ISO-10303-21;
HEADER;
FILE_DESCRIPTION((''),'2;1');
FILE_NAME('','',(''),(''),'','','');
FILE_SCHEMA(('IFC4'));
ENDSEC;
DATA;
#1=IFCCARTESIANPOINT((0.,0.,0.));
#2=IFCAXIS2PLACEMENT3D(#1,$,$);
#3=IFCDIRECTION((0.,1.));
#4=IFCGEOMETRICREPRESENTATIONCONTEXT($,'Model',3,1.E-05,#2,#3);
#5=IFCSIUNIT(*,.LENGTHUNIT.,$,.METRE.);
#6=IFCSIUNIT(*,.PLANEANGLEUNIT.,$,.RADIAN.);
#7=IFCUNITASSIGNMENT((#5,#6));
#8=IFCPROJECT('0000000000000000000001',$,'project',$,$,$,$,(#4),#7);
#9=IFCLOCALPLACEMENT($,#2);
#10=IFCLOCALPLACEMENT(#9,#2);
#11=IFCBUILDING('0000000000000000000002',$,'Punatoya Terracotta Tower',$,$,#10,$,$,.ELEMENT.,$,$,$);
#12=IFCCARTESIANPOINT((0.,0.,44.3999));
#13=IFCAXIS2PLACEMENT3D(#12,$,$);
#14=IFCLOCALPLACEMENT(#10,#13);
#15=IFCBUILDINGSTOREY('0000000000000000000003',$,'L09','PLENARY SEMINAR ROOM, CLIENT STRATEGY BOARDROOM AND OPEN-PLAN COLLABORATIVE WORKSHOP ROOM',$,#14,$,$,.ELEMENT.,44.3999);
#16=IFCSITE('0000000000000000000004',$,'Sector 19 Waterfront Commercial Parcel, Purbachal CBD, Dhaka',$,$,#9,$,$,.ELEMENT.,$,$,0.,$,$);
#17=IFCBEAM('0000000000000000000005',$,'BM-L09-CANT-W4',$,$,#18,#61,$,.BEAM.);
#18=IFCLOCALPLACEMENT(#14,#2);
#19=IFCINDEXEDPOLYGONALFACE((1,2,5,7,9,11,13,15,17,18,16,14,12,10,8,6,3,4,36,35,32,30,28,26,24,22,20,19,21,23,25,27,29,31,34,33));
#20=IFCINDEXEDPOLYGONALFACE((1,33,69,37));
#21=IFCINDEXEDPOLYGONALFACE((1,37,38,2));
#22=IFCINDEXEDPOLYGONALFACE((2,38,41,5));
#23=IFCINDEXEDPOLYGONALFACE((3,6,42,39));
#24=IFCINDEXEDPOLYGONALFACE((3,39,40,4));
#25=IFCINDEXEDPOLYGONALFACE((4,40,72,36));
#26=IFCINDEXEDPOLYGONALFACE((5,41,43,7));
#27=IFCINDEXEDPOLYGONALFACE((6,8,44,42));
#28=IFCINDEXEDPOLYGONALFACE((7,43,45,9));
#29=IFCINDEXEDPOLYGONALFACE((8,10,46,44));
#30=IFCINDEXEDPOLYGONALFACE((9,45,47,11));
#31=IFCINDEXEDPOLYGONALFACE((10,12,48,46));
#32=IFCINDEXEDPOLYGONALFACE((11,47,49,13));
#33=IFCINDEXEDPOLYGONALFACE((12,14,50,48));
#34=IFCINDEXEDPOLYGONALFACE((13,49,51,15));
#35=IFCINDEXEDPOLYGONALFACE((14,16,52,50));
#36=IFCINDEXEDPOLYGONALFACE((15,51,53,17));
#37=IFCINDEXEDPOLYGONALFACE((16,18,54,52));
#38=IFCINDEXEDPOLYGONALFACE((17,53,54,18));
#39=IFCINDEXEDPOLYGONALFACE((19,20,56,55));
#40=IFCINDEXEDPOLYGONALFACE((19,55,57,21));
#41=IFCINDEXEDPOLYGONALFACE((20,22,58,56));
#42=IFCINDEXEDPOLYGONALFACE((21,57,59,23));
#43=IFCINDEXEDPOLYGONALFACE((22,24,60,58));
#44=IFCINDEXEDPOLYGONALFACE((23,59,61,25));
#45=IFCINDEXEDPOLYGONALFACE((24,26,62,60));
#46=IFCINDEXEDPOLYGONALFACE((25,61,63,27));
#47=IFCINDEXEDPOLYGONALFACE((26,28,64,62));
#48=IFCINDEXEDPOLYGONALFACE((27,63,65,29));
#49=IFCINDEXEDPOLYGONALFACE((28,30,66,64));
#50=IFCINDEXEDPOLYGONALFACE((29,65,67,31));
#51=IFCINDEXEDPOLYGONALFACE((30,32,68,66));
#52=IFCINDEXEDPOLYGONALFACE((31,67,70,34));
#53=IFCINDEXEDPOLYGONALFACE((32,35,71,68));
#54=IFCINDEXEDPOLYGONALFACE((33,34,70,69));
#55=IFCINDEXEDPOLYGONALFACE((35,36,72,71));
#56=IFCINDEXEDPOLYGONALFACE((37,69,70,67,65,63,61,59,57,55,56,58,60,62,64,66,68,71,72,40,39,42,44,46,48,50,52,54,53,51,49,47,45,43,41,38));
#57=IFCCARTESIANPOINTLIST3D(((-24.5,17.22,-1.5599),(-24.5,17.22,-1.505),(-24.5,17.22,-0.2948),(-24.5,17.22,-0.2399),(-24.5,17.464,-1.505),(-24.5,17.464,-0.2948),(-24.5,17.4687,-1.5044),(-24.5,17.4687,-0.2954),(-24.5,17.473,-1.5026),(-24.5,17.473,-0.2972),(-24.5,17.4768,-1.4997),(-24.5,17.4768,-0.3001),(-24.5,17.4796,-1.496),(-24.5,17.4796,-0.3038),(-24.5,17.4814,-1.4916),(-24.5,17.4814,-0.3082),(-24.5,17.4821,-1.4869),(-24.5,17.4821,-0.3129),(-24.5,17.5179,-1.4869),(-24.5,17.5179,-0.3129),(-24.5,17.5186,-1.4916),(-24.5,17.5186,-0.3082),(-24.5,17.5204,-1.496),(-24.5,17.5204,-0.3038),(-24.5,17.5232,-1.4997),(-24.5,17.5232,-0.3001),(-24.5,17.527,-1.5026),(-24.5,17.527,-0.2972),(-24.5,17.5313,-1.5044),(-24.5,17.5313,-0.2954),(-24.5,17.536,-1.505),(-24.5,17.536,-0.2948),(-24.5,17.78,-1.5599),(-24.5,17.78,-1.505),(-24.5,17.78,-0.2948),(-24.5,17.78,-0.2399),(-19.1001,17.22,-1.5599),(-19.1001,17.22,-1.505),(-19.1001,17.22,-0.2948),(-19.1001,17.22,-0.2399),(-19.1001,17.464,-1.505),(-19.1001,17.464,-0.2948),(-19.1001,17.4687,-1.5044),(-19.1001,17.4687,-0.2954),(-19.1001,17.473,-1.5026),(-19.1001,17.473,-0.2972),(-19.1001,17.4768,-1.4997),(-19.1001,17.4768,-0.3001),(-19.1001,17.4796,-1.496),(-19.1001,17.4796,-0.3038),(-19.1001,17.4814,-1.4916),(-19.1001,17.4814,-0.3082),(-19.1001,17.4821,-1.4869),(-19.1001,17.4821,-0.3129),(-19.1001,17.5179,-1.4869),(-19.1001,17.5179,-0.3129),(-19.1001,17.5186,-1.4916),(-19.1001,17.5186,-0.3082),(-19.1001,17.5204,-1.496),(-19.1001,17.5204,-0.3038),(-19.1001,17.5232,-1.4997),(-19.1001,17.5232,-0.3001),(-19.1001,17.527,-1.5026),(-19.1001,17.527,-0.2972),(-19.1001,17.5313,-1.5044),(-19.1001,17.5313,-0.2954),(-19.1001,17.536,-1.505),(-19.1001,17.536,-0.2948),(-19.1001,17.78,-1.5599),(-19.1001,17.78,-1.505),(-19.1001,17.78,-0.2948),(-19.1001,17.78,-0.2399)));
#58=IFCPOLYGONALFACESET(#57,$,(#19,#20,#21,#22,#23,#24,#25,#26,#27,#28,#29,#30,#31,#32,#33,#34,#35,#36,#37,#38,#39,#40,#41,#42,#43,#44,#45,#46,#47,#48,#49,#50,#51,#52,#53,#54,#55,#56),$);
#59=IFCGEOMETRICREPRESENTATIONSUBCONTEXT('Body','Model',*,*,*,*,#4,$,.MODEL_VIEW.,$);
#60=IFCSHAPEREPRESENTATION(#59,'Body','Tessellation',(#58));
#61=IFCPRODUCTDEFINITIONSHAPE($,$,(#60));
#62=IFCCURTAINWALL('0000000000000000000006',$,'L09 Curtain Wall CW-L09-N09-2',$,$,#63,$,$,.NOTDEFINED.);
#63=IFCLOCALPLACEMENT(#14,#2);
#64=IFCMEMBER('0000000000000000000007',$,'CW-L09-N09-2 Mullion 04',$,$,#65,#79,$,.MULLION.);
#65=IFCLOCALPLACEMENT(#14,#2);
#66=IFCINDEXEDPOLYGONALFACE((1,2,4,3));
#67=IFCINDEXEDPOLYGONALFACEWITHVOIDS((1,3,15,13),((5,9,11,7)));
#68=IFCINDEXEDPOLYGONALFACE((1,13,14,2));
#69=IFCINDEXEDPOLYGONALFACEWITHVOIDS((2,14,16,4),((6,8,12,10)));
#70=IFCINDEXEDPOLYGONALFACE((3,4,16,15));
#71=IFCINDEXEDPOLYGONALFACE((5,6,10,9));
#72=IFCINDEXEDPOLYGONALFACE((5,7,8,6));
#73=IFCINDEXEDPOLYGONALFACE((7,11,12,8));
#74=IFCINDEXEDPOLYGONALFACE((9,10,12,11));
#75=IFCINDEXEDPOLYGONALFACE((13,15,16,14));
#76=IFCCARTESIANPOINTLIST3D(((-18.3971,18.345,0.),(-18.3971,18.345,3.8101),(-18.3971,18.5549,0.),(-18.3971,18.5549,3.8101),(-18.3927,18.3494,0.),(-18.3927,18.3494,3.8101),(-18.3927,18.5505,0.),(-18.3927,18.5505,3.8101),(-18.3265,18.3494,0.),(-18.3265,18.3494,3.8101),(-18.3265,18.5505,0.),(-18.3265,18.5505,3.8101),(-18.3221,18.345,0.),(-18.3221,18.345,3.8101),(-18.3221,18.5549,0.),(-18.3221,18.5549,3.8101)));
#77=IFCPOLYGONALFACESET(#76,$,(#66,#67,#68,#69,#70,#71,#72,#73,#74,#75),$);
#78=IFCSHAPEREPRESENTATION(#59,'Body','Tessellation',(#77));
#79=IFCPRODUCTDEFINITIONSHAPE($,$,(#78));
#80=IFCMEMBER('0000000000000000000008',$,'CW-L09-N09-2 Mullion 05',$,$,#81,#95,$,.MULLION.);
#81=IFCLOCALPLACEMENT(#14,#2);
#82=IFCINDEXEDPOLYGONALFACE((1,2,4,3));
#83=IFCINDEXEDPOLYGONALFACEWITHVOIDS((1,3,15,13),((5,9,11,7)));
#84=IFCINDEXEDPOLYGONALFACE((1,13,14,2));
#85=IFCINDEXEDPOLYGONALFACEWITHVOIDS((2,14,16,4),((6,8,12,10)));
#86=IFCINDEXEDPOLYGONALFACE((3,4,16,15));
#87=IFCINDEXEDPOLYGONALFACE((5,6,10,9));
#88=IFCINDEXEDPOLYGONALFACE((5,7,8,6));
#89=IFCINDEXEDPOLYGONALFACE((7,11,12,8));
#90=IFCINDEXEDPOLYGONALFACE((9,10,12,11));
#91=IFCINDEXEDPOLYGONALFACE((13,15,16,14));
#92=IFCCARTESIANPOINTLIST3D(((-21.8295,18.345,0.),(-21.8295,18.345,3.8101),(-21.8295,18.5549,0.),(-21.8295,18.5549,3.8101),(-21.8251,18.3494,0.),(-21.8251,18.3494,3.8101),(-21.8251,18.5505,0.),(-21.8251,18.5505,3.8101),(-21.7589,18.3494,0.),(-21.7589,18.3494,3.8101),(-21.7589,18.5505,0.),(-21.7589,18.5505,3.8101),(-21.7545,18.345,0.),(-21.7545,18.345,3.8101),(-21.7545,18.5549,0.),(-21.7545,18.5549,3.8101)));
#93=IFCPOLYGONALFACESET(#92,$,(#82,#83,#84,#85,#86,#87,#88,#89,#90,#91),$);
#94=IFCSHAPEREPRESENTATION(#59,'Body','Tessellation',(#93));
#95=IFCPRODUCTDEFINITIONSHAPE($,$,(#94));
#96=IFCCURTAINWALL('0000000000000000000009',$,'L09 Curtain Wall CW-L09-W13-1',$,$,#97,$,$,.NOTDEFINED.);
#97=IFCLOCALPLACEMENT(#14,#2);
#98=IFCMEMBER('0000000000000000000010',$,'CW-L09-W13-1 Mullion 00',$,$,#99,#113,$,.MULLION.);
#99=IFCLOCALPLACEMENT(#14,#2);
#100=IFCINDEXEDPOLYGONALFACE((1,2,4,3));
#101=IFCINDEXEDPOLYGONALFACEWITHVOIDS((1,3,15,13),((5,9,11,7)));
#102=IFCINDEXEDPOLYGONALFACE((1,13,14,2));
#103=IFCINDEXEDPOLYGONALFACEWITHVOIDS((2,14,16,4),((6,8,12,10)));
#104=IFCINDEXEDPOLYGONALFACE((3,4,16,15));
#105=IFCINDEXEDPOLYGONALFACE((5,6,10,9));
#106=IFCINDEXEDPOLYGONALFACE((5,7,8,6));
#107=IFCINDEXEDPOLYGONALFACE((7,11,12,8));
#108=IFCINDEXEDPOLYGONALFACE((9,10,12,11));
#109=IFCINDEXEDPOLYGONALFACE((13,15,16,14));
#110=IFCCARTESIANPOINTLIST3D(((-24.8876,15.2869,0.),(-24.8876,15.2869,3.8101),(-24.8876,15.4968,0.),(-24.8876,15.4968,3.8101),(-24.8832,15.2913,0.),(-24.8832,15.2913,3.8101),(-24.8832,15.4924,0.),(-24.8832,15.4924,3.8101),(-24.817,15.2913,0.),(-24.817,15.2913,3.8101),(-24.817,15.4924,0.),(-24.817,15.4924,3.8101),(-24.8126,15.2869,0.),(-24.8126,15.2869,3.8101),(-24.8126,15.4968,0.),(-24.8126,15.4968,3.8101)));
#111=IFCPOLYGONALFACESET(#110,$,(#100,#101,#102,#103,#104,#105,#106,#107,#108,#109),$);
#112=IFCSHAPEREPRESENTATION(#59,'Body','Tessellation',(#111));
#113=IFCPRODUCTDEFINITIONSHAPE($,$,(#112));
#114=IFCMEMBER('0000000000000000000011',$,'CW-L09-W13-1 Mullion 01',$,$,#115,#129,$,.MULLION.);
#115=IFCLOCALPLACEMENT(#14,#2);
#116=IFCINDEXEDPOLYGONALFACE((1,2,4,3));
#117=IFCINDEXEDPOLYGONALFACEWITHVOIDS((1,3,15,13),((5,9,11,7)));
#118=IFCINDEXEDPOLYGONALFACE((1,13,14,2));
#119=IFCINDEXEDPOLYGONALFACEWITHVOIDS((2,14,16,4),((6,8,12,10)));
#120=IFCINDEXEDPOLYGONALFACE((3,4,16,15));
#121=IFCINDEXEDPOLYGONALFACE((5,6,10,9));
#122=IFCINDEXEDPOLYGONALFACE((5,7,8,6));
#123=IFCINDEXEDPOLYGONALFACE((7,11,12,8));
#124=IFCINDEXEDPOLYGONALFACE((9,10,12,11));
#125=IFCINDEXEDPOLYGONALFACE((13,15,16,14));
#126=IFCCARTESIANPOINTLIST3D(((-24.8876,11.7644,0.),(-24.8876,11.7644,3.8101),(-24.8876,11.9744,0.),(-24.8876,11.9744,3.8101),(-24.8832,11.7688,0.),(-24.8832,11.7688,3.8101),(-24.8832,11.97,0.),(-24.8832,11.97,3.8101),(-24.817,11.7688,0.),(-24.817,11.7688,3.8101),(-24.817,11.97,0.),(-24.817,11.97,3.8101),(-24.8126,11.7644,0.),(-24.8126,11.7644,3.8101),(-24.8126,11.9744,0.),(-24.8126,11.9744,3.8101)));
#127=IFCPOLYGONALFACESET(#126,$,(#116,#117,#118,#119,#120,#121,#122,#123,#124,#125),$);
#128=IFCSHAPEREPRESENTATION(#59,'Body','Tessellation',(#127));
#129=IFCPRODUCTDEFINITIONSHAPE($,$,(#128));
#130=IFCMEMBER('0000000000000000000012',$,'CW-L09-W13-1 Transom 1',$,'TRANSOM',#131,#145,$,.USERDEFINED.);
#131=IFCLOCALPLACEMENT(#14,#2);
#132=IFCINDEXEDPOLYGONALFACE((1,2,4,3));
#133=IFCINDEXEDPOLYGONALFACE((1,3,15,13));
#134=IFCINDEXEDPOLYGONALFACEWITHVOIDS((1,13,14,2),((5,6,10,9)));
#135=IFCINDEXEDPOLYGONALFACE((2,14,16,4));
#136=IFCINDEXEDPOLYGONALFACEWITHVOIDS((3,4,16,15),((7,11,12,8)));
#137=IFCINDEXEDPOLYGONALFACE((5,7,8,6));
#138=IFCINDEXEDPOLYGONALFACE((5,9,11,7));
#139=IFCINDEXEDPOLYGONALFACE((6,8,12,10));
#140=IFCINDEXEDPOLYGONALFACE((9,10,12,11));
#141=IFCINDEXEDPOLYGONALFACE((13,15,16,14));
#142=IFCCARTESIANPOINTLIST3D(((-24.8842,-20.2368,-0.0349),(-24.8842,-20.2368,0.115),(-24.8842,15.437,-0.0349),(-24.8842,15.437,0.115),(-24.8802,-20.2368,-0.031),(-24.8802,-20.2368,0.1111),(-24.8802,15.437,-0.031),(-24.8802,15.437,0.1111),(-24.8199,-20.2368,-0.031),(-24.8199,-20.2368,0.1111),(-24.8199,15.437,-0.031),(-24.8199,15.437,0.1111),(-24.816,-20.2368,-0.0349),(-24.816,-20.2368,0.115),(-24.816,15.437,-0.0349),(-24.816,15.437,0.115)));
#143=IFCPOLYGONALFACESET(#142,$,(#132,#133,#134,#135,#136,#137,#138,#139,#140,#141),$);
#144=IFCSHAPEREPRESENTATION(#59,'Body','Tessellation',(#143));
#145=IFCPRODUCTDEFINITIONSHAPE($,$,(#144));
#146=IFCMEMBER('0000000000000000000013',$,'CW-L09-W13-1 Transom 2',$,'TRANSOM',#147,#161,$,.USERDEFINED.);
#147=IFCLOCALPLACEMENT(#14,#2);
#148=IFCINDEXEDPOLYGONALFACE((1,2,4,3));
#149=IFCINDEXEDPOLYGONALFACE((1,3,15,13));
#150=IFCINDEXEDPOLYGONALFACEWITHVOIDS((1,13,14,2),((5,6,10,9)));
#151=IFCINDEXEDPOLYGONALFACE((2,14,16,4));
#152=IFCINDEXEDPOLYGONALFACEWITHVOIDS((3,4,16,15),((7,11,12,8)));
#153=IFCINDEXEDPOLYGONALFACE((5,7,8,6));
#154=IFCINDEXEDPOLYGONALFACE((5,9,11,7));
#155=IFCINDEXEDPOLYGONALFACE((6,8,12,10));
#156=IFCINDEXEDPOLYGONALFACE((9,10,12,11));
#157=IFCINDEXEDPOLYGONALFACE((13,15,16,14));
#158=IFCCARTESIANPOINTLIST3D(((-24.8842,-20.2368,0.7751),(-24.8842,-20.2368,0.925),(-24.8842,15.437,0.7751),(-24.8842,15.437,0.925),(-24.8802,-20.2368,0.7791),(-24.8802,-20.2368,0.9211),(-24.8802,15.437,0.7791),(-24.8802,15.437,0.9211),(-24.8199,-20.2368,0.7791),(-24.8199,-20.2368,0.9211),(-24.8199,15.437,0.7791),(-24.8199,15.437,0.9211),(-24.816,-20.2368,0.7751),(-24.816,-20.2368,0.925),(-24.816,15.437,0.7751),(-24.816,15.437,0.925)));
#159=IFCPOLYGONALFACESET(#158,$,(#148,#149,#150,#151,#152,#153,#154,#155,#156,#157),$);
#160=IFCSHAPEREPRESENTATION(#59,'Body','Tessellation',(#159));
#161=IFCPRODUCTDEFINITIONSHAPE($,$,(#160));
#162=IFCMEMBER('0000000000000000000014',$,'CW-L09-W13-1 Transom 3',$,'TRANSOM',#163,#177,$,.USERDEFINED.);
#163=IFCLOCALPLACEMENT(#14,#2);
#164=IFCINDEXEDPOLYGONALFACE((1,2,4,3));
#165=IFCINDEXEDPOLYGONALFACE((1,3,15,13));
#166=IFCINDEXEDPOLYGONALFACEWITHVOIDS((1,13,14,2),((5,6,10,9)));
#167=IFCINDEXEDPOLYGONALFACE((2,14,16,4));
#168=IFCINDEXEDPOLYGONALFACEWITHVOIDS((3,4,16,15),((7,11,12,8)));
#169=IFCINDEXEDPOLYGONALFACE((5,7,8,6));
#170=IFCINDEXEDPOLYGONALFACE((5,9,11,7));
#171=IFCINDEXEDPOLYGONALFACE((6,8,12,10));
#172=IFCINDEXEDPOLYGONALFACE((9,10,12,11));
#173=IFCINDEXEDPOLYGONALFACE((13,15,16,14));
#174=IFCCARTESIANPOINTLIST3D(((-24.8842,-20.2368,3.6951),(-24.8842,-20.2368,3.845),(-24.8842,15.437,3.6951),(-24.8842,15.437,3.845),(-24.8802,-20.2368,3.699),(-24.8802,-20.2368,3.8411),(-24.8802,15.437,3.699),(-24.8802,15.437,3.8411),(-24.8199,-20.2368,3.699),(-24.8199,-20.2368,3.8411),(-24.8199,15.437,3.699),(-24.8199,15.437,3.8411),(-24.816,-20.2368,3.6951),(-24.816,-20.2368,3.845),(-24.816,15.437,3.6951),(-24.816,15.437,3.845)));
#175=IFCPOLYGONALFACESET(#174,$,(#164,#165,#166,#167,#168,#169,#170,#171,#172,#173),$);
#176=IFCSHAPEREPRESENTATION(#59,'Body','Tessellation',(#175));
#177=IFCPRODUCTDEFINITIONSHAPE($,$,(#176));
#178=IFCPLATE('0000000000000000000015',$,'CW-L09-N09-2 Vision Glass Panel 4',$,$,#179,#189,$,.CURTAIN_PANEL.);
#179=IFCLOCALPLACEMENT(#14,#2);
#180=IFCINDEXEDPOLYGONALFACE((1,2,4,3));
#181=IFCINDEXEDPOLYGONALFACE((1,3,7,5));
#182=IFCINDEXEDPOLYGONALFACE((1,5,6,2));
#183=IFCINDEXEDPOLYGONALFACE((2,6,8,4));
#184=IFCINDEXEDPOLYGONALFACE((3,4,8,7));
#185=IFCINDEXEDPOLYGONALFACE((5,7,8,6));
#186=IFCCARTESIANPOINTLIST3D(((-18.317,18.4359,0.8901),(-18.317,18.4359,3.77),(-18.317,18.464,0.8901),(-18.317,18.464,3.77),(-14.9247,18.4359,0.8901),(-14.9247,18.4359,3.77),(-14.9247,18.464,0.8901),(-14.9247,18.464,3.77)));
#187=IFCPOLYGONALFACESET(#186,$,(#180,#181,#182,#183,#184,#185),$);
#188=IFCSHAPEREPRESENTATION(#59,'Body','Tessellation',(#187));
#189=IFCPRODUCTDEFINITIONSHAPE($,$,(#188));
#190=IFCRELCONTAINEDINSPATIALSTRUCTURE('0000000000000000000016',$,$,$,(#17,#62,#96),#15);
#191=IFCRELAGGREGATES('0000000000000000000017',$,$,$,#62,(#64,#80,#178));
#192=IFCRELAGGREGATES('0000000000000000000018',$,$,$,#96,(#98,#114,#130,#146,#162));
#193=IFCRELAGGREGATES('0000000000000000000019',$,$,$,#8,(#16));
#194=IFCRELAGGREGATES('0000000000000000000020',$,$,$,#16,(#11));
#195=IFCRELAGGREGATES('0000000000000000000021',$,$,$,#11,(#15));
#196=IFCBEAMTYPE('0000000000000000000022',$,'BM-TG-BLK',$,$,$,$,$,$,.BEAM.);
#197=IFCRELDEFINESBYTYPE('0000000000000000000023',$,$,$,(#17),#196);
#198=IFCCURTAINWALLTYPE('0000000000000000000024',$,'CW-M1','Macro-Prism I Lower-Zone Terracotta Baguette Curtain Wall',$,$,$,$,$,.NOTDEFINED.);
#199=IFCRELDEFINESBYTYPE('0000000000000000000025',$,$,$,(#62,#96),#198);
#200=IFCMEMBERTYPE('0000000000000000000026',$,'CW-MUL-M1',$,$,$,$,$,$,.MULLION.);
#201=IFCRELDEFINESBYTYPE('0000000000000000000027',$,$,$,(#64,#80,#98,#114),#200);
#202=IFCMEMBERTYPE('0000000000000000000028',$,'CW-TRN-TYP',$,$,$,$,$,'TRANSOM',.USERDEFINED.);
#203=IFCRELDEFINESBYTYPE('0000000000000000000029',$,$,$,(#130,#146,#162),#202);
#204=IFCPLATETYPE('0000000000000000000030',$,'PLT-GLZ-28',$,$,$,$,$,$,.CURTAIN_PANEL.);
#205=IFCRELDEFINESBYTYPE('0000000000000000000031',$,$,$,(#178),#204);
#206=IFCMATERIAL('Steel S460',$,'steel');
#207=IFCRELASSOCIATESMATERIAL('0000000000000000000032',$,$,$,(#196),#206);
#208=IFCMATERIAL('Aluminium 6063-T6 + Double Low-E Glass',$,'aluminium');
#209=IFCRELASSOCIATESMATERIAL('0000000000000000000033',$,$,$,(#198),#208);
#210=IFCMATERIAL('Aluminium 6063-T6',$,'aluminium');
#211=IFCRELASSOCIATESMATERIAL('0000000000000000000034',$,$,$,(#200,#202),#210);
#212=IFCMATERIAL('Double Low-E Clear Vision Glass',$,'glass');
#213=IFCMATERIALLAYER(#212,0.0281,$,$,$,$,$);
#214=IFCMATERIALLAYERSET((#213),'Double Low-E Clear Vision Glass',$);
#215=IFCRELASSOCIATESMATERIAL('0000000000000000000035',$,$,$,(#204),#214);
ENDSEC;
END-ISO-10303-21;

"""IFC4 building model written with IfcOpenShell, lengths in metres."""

from ifc_helpers import new_model, si_unit, direction, frame, origin, origin_2d, place, context, subcontext, project, spatial, rectangle, hollow_rectangle, i_section, extrude, material, layer, layer_set, material_profile, profile_set, type_object, element, aggregate, save


model = new_model("IFC4")

# Units and contexts
model_context = context("Model", 3, precision=1e-05, world=origin(), true_north=direction((0.0, 1.0)))
body_context = subcontext(model_context, "Body", "Model", "MODEL_VIEW")
ifc_project = project(units=[si_unit("LENGTHUNIT", "METRE"), si_unit("PLANEANGLEUNIT", "RADIAN")], contexts=[model_context])

# Site, building, storey
site_placement = place(None, origin())
site = spatial("IfcSite", under=ifc_project, at=site_placement, Name="Sector 19 Waterfront Commercial Parcel, Purbachal CBD, Dhaka", CompositionType="ELEMENT", RefElevation=0.0)
building_placement = place(site_placement, origin())
building = spatial("IfcBuilding", under=site, at=building_placement, Name="Punatoya Terracotta Tower", CompositionType="ELEMENT")
storey_placement = place(building_placement, frame((0.0, 0.0, 44.3999)))
storey = spatial("IfcBuildingStorey", under=building, at=storey_placement, Name="L09", Description="PLENARY SEMINAR ROOM, CLIENT STRATEGY BOARDROOM AND OPEN-PLAN COLLABORATIVE WORKSHOP ROOM", CompositionType="ELEMENT", Elevation=44.3999)

# Shared definitions
ifc_material_1 = material(Name="Steel S460", Category="steel")

# Beam
ifc_material_profile_1 = material_profile(ifc_material_1, i_section(OverallWidth=0.5601, OverallDepth=1.3201, WebThickness=0.0359, FlangeThickness=0.0549, FilletRadius=0.0181, at=origin_2d()))
ifc_profile_set_1 = profile_set([ifc_material_profile_1], Name="Steel S460")
beam_type_1 = type_object("IfcBeamType", Name="BM-TG-BLK", PredefinedType="BEAM", material=ifc_profile_set_1)
beam_1_placement = place(storey_placement, frame((-24.5, 17.5, -0.8999), z_axis=(1.0, 0.0, 0.0), x_axis=(0.0, 1.0, 0.0)))
element("IfcBeam", 1, at=beam_1_placement, inside=storey, type_object=beam_type_1, Name="BM-L09-CANT-W4", PredefinedType="BEAM", context=body_context, shape_type="SweptSolid", body=[
    extrude(i_section(OverallWidth=0.5601, OverallDepth=1.3201, WebThickness=0.0359, FlangeThickness=0.0549, FilletRadius=0.0181, at=origin_2d()), origin(), (0.0, 0.0, 1.0), 5.3999),
])

# Curtain walls, members
ifc_material_2 = material(Name="Aluminium 6063-T6 + Double Low-E Glass", Category="aluminium")
curtain_wall_type = type_object("IfcCurtainWallType", Name="CW-M1", Description="Macro-Prism I Lower-Zone Terracotta Baguette Curtain Wall", PredefinedType="NOTDEFINED", material=ifc_material_2)
curtain_wall_1_placement = place(storey_placement, origin())
curtain_wall_1 = element("IfcCurtainWall", 2, at=curtain_wall_1_placement, inside=storey, type_object=curtain_wall_type, Name="L09 Curtain Wall CW-L09-N09-2", PredefinedType="NOTDEFINED")
ifc_material_3 = material(Name="Aluminium 6063-T6", Category="aluminium")
ifc_material_profile_2 = material_profile(ifc_material_3, hollow_rectangle(XDim=0.075, YDim=0.21, WallThickness=0.0044, at=origin_2d()))
ifc_profile_set_2 = profile_set([ifc_material_profile_2], Name="Aluminium 6063-T6")
member_type_1 = type_object("IfcMemberType", Name="CW-MUL-M1", PredefinedType="MULLION", material=ifc_profile_set_2)
member_1_placement = place(storey_placement, frame((-18.3596, 18.45, 0.0), z_axis=(0.0, 0.0, 1.0), x_axis=(1.0, 0.0, 0.0)))
member_1 = element("IfcMember", 3, at=member_1_placement, type_object=member_type_1, Name="CW-L09-N09-2 Mullion 04", PredefinedType="MULLION", context=body_context, shape_type="SweptSolid", body=[
    extrude(hollow_rectangle(XDim=0.075, YDim=0.21, WallThickness=0.0044, at=origin_2d()), origin(), (0.0, 0.0, 1.0), 3.8101),
])
member_2_placement = place(storey_placement, frame((-21.792, 18.45, 0.0), z_axis=(0.0, 0.0, 1.0), x_axis=(1.0, 0.0, 0.0)))
member_2 = element("IfcMember", 4, at=member_2_placement, type_object=member_type_1, Name="CW-L09-N09-2 Mullion 05", PredefinedType="MULLION", context=body_context, shape_type="SweptSolid", body=[
    extrude(hollow_rectangle(XDim=0.075, YDim=0.21, WallThickness=0.0044, at=origin_2d()), origin(), (0.0, 0.0, 1.0), 3.8101),
])
curtain_wall_2_placement = place(storey_placement, origin())
curtain_wall_2 = element("IfcCurtainWall", 5, at=curtain_wall_2_placement, inside=storey, type_object=curtain_wall_type, Name="L09 Curtain Wall CW-L09-W13-1", PredefinedType="NOTDEFINED")
member_3_placement = place(storey_placement, frame((-24.8501, 15.3918, 0.0), z_axis=(0.0, 0.0, 1.0), x_axis=(1.0, 0.0, 0.0)))
member_3 = element("IfcMember", 6, at=member_3_placement, type_object=member_type_1, Name="CW-L09-W13-1 Mullion 00", PredefinedType="MULLION", context=body_context, shape_type="SweptSolid", body=[
    extrude(hollow_rectangle(XDim=0.075, YDim=0.21, WallThickness=0.0044, at=origin_2d()), origin(), (0.0, 0.0, 1.0), 3.8101),
])
member_4_placement = place(storey_placement, frame((-24.8501, 11.8694, 0.0), z_axis=(0.0, 0.0, 1.0), x_axis=(1.0, 0.0, 0.0)))
member_4 = element("IfcMember", 7, at=member_4_placement, type_object=member_type_1, Name="CW-L09-W13-1 Mullion 01", PredefinedType="MULLION", context=body_context, shape_type="SweptSolid", body=[
    extrude(hollow_rectangle(XDim=0.075, YDim=0.21, WallThickness=0.0044, at=origin_2d()), origin(), (0.0, 0.0, 1.0), 3.8101),
])
ifc_material_profile_3 = material_profile(ifc_material_3, hollow_rectangle(XDim=0.0681, YDim=0.1499, WallThickness=0.0039, at=origin_2d()))
ifc_profile_set_3 = profile_set([ifc_material_profile_3], Name="Aluminium 6063-T6")
member_type_2 = type_object("IfcMemberType", Name="CW-TRN-TYP", ElementType="TRANSOM", PredefinedType="USERDEFINED", material=ifc_profile_set_3)
member_5_placement = place(storey_placement, frame((-24.8501, 15.437, 0.04), z_axis=(0.0, -1.0, 0.0), x_axis=(1.0, 0.0, 0.0)))
member_5 = element("IfcMember", 8, at=member_5_placement, type_object=member_type_2, Name="CW-L09-W13-1 Transom 1", ObjectType="TRANSOM", PredefinedType="USERDEFINED", context=body_context, shape_type="SweptSolid", body=[
    extrude(hollow_rectangle(XDim=0.0681, YDim=0.1499, WallThickness=0.0039, at=origin_2d()), origin(), (0.0, 0.0, 1.0), 35.6738),
])
member_6_placement = place(storey_placement, frame((-24.8501, 15.437, 0.8501), z_axis=(0.0, -1.0, 0.0), x_axis=(1.0, 0.0, 0.0)))
member_6 = element("IfcMember", 9, at=member_6_placement, type_object=member_type_2, Name="CW-L09-W13-1 Transom 2", ObjectType="TRANSOM", PredefinedType="USERDEFINED", context=body_context, shape_type="SweptSolid", body=[
    extrude(hollow_rectangle(XDim=0.0681, YDim=0.1499, WallThickness=0.0039, at=origin_2d()), origin(), (0.0, 0.0, 1.0), 35.6738),
])
member_7_placement = place(storey_placement, frame((-24.8501, 15.437, 3.77), z_axis=(0.0, -1.0, 0.0), x_axis=(1.0, 0.0, 0.0)))
member_7 = element("IfcMember", 10, at=member_7_placement, type_object=member_type_2, Name="CW-L09-W13-1 Transom 3", ObjectType="TRANSOM", PredefinedType="USERDEFINED", context=body_context, shape_type="SweptSolid", body=[
    extrude(hollow_rectangle(XDim=0.0681, YDim=0.1499, WallThickness=0.0039, at=origin_2d()), origin(), (0.0, 0.0, 1.0), 35.6738),
])

# Plate
ifc_material_4 = material(Name="Double Low-E Clear Vision Glass", Category="glass")
ifc_layer_1 = layer(ifc_material_4, 0.0281)
ifc_layer_set_1 = layer_set([ifc_layer_1], Name="Double Low-E Clear Vision Glass")
plate_type_1 = type_object("IfcPlateType", Name="PLT-GLZ-28", PredefinedType="CURTAIN_PANEL", material=ifc_layer_set_1)
plate_1_placement = place(storey_placement, frame((-16.6208, 18.45, 0.8901), z_axis=(0.0, 0.0, 1.0), x_axis=(-1.0, 0.0, 0.0)))
plate_1 = element("IfcPlate", 11, at=plate_1_placement, type_object=plate_type_1, Name="CW-L09-N09-2 Vision Glass Panel 4", PredefinedType="CURTAIN_PANEL", context=body_context, shape_type="SweptSolid", body=[
    extrude(rectangle(XDim=3.3923, YDim=0.0281, at=origin_2d()), origin(), (0.0, 0.0, 1.0), 2.8799),
])
aggregate(curtain_wall_1, [member_1, member_2, plate_1])
aggregate(curtain_wall_2, [member_3, member_4, member_5, member_6, member_7])

save(model, "model.ifc")
